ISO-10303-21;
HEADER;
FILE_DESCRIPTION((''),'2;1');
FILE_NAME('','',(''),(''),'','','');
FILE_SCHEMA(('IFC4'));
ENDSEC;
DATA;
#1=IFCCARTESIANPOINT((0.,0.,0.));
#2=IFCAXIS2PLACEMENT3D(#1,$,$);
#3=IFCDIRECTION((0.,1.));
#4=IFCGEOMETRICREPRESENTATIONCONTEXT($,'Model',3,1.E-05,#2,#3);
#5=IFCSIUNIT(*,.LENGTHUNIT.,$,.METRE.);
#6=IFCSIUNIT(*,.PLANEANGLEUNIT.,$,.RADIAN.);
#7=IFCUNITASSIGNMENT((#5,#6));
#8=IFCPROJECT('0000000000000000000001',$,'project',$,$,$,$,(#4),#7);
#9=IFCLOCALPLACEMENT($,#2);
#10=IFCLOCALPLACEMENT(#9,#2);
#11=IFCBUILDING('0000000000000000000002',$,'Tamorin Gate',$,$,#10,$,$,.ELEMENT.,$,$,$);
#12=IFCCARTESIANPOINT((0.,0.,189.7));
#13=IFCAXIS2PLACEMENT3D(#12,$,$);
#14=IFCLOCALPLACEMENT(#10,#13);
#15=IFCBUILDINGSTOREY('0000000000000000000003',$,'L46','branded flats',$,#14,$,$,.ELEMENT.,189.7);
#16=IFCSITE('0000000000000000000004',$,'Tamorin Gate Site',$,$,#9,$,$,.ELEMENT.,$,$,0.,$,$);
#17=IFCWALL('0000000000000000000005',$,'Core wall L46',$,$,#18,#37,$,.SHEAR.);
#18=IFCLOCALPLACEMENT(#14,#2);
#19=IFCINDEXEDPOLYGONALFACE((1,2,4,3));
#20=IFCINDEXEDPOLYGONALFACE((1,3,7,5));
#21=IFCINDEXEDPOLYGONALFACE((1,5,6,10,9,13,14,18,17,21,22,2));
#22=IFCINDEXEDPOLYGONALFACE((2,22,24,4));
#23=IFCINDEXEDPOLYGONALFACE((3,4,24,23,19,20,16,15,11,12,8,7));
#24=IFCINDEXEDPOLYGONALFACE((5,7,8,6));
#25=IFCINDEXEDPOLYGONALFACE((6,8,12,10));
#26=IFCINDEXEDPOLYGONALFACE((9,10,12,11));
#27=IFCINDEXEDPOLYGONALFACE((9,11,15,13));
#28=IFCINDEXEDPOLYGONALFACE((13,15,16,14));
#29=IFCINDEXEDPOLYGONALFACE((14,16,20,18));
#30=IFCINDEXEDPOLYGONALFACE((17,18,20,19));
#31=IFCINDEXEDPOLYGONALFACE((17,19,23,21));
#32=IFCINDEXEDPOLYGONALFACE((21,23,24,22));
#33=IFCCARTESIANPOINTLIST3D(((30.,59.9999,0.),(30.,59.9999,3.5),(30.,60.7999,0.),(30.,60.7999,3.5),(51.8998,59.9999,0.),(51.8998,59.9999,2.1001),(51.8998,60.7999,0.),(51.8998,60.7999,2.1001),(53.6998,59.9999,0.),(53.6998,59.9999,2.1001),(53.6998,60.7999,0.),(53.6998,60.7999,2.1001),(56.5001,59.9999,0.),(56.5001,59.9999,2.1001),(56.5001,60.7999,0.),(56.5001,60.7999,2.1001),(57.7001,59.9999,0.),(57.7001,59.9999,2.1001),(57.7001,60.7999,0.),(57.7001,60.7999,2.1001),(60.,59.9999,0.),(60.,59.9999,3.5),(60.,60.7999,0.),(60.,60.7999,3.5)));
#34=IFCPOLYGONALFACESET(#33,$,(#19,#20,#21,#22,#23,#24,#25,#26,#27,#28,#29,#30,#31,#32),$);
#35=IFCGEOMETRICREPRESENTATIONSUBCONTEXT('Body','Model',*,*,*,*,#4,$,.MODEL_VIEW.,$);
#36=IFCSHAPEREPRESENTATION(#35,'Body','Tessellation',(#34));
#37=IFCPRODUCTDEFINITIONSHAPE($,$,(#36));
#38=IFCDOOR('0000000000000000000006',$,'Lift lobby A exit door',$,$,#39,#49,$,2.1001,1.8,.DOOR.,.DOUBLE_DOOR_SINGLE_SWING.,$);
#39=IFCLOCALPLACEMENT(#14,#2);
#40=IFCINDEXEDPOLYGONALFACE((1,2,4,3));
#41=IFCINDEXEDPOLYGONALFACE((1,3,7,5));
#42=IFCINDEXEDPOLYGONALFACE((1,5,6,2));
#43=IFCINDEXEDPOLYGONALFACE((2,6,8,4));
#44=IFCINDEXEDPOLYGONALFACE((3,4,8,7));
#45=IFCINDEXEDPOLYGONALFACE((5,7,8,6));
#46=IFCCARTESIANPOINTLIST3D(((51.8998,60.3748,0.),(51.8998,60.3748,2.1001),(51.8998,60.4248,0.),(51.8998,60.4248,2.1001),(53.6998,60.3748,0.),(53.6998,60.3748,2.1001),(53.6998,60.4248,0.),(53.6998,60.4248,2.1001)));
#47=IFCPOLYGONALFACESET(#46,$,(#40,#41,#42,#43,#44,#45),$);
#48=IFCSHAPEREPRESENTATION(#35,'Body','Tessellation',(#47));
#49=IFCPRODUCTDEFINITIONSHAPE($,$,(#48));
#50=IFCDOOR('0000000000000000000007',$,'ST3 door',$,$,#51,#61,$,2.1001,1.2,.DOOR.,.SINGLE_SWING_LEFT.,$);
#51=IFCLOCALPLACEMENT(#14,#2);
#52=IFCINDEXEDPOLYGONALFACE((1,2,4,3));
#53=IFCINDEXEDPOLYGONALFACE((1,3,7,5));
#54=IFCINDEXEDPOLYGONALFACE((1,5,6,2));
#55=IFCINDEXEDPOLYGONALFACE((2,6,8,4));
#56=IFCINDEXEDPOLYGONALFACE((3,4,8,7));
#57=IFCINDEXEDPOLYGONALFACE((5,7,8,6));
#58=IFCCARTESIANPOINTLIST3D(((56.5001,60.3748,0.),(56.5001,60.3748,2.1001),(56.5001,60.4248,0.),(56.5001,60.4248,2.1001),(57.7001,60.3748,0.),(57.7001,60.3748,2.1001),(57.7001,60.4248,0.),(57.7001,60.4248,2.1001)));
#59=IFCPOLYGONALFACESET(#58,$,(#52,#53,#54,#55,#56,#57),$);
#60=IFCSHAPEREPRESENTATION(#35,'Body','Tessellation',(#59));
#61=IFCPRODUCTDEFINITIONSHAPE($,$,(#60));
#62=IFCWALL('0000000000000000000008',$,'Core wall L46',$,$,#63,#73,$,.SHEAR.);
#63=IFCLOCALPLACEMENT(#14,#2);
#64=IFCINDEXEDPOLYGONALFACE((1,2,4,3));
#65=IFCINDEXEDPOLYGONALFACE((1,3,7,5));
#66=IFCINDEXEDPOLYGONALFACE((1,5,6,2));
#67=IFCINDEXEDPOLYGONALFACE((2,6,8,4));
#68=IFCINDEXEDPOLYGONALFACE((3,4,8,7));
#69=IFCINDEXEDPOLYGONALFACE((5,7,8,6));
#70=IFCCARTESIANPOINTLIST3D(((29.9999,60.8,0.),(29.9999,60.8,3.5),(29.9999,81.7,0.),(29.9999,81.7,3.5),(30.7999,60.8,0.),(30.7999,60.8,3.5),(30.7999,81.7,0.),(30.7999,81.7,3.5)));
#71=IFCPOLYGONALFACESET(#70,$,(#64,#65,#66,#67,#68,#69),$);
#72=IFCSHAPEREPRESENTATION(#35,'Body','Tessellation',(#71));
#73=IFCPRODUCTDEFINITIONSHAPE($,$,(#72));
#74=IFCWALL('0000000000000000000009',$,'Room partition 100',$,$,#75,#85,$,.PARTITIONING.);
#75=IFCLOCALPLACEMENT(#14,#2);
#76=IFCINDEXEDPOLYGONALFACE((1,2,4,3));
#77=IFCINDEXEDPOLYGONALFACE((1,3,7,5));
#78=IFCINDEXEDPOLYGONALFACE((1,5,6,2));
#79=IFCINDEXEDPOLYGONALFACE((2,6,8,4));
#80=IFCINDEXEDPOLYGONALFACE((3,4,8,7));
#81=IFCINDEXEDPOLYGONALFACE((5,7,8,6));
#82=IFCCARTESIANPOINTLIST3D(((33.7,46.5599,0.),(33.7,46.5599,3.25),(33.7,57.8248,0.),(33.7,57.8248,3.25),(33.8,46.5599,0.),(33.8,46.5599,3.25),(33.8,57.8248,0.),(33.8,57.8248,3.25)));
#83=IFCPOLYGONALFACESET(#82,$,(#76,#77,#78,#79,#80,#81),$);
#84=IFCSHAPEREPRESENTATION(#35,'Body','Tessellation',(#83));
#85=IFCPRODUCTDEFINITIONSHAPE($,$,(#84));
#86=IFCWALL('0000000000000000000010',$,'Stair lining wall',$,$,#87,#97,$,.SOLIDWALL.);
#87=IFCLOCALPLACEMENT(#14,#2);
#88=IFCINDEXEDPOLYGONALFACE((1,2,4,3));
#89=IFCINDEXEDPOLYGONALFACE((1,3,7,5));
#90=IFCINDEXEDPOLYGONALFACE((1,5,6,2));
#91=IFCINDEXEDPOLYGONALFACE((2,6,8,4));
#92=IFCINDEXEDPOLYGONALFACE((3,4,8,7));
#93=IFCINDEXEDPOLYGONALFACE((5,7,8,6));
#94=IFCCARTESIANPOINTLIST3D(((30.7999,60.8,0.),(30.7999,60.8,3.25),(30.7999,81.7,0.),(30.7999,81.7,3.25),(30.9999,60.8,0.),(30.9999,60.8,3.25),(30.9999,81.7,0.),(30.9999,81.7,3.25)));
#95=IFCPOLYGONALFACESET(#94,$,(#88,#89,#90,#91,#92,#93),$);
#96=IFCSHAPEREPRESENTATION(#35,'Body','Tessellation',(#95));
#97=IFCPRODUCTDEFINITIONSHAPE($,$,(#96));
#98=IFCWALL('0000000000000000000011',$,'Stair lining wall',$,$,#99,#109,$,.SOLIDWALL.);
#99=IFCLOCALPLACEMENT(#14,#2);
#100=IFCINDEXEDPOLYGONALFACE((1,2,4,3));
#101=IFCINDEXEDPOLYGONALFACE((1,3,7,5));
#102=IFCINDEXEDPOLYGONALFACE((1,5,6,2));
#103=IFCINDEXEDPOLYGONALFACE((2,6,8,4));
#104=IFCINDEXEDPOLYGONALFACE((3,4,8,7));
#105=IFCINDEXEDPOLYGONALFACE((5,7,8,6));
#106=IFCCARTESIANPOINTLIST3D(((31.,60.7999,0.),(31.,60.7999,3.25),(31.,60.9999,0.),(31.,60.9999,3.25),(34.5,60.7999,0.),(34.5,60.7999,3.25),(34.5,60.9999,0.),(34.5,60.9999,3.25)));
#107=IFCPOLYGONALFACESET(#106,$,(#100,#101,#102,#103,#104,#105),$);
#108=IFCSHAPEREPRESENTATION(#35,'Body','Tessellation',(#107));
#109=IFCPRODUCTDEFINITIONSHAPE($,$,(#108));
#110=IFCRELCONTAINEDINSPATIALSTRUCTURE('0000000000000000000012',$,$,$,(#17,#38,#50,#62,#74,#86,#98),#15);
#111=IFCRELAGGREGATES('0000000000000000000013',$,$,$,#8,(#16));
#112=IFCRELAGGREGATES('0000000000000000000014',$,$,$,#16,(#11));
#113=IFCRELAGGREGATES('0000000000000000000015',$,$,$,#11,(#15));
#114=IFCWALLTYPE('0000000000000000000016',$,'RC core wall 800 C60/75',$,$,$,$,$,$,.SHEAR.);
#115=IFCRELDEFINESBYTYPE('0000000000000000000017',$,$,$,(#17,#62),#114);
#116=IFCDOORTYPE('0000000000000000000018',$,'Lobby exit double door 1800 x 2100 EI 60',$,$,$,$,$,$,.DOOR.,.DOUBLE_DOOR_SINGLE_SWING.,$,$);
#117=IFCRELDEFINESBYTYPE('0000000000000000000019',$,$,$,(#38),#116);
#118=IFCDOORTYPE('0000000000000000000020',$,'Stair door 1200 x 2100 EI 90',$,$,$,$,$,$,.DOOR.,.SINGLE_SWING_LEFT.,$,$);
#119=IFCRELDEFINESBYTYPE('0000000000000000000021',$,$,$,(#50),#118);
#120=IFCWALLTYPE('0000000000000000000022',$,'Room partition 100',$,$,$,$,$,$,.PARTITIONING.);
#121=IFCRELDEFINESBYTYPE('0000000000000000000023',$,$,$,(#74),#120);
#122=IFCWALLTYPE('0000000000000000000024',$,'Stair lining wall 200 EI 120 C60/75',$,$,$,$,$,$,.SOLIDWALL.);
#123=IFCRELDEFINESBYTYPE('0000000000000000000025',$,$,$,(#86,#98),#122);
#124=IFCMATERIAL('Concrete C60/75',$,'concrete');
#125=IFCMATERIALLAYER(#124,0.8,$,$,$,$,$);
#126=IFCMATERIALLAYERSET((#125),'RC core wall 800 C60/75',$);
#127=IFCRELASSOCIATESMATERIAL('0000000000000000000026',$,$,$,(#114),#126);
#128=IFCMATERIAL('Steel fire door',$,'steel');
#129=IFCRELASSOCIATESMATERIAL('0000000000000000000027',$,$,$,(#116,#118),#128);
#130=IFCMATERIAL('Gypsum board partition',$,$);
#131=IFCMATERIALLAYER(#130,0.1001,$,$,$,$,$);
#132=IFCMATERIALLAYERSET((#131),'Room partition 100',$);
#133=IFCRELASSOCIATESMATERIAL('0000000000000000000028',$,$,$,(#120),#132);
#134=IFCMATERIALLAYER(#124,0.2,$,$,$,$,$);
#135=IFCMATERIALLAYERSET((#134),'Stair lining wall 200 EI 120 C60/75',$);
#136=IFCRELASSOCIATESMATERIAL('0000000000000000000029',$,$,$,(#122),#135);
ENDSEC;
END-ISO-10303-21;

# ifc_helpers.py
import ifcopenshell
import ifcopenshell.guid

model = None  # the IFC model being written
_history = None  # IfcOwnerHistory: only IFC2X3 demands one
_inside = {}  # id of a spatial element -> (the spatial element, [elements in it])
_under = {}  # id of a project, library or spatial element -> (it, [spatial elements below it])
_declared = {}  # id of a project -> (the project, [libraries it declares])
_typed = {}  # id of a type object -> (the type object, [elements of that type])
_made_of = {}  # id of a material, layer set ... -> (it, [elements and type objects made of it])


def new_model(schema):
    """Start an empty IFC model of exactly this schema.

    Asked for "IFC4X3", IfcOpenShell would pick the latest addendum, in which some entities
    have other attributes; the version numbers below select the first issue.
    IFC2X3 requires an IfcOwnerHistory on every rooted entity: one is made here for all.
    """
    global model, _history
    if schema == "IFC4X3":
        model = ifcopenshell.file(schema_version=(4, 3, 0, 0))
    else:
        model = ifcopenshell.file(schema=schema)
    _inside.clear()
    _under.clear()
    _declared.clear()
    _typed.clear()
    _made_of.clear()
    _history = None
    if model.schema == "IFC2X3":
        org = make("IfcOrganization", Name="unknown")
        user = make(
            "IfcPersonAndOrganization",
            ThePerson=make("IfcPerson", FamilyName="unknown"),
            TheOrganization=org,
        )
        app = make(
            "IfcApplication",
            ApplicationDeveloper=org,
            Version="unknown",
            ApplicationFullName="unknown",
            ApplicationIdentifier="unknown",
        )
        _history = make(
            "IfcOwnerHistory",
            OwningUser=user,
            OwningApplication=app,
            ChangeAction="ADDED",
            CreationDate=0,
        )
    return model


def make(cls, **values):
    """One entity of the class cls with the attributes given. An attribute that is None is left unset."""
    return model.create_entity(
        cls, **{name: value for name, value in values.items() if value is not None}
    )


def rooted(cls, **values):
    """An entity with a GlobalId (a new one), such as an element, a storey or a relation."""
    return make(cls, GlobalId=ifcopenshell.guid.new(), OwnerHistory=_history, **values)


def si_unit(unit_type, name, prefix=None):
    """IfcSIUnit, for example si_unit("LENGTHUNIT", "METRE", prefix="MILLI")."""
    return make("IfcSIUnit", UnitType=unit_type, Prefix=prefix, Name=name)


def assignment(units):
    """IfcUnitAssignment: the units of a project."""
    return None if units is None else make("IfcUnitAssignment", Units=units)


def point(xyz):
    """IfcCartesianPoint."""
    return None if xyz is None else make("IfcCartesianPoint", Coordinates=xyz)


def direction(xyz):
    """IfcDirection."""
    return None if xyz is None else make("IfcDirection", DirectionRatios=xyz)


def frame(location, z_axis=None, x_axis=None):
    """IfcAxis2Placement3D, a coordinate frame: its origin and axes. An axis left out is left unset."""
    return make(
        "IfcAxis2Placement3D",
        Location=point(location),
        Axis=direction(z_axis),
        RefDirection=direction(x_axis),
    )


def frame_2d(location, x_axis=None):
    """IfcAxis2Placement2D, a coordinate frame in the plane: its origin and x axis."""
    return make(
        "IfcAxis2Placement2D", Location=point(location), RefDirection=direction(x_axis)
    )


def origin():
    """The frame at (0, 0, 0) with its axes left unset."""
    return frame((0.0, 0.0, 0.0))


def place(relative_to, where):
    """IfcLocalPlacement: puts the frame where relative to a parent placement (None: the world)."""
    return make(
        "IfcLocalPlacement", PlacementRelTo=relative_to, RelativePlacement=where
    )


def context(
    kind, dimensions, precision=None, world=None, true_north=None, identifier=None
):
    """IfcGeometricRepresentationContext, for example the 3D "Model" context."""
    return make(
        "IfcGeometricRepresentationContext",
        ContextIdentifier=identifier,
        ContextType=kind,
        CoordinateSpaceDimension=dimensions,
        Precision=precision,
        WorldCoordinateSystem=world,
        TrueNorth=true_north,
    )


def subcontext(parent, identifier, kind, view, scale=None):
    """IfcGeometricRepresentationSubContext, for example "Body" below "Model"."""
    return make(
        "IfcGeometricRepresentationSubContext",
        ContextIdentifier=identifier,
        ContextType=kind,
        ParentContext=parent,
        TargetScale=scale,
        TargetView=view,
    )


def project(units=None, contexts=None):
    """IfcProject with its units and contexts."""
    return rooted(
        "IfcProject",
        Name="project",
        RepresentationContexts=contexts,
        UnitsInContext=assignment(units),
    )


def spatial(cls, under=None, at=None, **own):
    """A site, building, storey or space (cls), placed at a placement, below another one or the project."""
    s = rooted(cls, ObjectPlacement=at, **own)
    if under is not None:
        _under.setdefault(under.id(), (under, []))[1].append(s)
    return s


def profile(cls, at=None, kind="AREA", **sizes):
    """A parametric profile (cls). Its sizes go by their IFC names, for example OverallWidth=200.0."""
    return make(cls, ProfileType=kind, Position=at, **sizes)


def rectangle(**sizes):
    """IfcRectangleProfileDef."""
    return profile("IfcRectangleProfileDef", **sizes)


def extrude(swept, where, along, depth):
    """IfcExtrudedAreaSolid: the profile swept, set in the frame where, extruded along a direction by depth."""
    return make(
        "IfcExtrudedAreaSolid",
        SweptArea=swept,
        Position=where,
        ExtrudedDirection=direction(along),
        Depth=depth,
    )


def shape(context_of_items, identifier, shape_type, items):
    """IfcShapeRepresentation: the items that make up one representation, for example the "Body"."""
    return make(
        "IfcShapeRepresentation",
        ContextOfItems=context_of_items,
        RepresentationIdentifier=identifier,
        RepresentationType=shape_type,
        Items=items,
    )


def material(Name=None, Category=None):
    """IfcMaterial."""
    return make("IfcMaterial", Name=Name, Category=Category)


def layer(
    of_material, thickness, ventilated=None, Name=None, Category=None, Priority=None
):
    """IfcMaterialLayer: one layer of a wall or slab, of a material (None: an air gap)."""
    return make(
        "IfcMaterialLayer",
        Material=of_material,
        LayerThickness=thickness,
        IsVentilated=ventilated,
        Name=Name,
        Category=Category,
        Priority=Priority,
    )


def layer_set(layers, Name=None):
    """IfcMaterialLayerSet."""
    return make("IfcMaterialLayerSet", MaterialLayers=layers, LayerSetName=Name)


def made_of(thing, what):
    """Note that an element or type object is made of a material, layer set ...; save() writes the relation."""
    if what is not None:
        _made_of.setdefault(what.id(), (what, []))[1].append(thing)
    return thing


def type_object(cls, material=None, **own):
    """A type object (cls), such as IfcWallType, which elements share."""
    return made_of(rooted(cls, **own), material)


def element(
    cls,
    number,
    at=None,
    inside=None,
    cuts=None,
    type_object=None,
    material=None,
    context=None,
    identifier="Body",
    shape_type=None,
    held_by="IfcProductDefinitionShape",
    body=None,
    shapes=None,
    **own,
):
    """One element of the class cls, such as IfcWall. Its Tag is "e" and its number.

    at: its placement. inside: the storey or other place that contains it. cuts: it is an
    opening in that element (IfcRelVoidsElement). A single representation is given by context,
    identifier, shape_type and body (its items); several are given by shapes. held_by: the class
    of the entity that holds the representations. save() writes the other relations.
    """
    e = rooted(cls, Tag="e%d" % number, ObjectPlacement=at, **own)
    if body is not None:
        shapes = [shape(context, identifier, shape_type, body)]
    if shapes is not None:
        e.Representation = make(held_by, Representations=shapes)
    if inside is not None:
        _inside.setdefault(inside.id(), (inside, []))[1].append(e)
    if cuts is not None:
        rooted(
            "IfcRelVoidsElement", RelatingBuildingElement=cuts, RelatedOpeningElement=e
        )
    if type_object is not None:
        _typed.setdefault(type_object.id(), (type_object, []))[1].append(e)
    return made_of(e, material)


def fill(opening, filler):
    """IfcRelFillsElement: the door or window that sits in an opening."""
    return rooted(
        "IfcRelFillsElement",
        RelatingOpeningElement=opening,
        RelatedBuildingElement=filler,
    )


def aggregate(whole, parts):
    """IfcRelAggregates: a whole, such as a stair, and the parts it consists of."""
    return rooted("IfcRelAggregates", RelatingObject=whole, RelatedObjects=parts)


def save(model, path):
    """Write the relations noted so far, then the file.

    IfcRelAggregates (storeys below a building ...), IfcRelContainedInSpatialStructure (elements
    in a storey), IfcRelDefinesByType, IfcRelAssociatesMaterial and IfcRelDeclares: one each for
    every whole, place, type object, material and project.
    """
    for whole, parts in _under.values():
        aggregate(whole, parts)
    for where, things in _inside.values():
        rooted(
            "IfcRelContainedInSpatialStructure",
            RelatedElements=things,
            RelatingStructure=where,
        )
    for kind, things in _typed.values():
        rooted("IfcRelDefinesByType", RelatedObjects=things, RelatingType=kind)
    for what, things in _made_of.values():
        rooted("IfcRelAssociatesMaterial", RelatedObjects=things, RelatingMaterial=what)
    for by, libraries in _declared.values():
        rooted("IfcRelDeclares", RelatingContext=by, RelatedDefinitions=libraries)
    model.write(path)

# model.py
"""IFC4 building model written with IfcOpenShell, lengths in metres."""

from ifc_helpers import new_model, si_unit, direction, frame, frame_2d, origin, place, context, subcontext, project, spatial, rectangle, extrude, material, layer, layer_set, type_object, element, fill, save


model = new_model("IFC4")

# Units and contexts
model_context = context("Model", 3, precision=1e-05, world=origin(), true_north=direction((0.0, 1.0)))
body_context = subcontext(model_context, "Body", "Model", "MODEL_VIEW")
ifc_project = project(units=[si_unit("LENGTHUNIT", "METRE"), si_unit("PLANEANGLEUNIT", "RADIAN")], contexts=[model_context])

# Site, building, storey
site_placement = place(None, origin())
site = spatial("IfcSite", under=ifc_project, at=site_placement, Name="Tamorin Gate Site", CompositionType="ELEMENT", RefElevation=0.0)
building_placement = place(site_placement, origin())
building = spatial("IfcBuilding", under=site, at=building_placement, Name="Tamorin Gate", CompositionType="ELEMENT")
storey_placement = place(building_placement, frame((0.0, 0.0, 189.7)))
storey = spatial("IfcBuildingStorey", under=building, at=storey_placement, Name="L46", Description="branded flats", CompositionType="ELEMENT", Elevation=189.7)

# Shared definitions
ifc_material_1 = material(Name="Concrete C60/75", Category="concrete")

# Shared definitions
ifc_material_2 = material(Name="Gypsum board partition")

# Wall, openings, doors
ifc_layer_1 = layer(ifc_material_1, 0.8)
ifc_layer_set_1 = layer_set([ifc_layer_1], Name="RC core wall 800 C60/75")
wall_type_1 = type_object("IfcWallType", Name="RC core wall 800 C60/75", PredefinedType="SHEAR", material=ifc_layer_set_1)
wall_1_placement = place(storey_placement, frame((30.0, 60.3999, 0.0), z_axis=(0.0, 0.0, 1.0), x_axis=(1.0, 0.0, 0.0)))
wall_1 = element("IfcWall", 1, at=wall_1_placement, inside=storey, type_object=wall_type_1, Name="Core wall L46", PredefinedType="SHEAR", context=body_context, shape_type="SweptSolid", body=[
    extrude(rectangle(XDim=30.0, YDim=0.8, at=frame_2d((15.0, 0.0))), origin(), (0.0, 0.0, 1.0), 3.5),
])
opening_1_placement = place(wall_1_placement, frame((21.8999, 0.0, 0.0)))
opening_1 = element("IfcOpeningElement", 2, at=opening_1_placement, cuts=wall_1, PredefinedType="OPENING", context=body_context, shape_type="SweptSolid", body=[
    extrude(rectangle(XDim=1.8, YDim=2.1001, at=frame_2d((0.8999, 1.05))), frame((0.0, 0.4099, 0.0), z_axis=(0.0, -1.0, 0.0), x_axis=(1.0, 0.0, 0.0)), (0.0, 0.0, 1.0), 0.8201),
])
opening_2_placement = place(wall_1_placement, frame((26.5, 0.0, 0.0)))
opening_2 = element("IfcOpeningElement", 3, at=opening_2_placement, cuts=wall_1, PredefinedType="OPENING", context=body_context, shape_type="SweptSolid", body=[
    extrude(rectangle(XDim=1.2, YDim=2.1001, at=frame_2d((0.6001, 1.05))), frame((0.0, 0.4099, 0.0), z_axis=(0.0, -1.0, 0.0), x_axis=(1.0, 0.0, 0.0)), (0.0, 0.0, 1.0), 0.8201),
])
ifc_material_3 = material(Name="Steel fire door", Category="steel")
door_type_1 = type_object("IfcDoorType", Name="Lobby exit double door 1800 x 2100 EI 60", OperationType="DOUBLE_DOOR_SINGLE_SWING", PredefinedType="DOOR", material=ifc_material_3)
door_1_placement = place(opening_1_placement, origin())
door_1 = element("IfcDoor", 4, at=door_1_placement, inside=storey, type_object=door_type_1, Name="Lift lobby A exit door", OperationType="DOUBLE_DOOR_SINGLE_SWING", OverallHeight=2.1001, OverallWidth=1.8, PredefinedType="DOOR", context=body_context, shape_type="SweptSolid", body=[
    extrude(rectangle(XDim=1.8, YDim=2.1001, at=frame_2d((0.8999, 1.05))), frame((0.0, 0.0249, 0.0), z_axis=(0.0, -1.0, 0.0), x_axis=(1.0, 0.0, 0.0)), (0.0, 0.0, 1.0), 0.05),
])
fill(opening_1, door_1)
door_type_2 = type_object("IfcDoorType", Name="Stair door 1200 x 2100 EI 90", OperationType="SINGLE_SWING_LEFT", PredefinedType="DOOR", material=ifc_material_3)
door_2_placement = place(opening_2_placement, origin())
door_2 = element("IfcDoor", 5, at=door_2_placement, inside=storey, type_object=door_type_2, Name="ST3 door", OperationType="SINGLE_SWING_LEFT", OverallHeight=2.1001, OverallWidth=1.2, PredefinedType="DOOR", context=body_context, shape_type="SweptSolid", body=[
    extrude(rectangle(XDim=1.2, YDim=2.1001, at=frame_2d((0.6001, 1.05))), frame((0.0, 0.0249, 0.0), z_axis=(0.0, -1.0, 0.0), x_axis=(1.0, 0.0, 0.0)), (0.0, 0.0, 1.0), 0.05),
])
fill(opening_2, door_2)

# Walls
wall_2_placement = place(storey_placement, frame((30.3999, 60.8, 0.0), z_axis=(0.0, 0.0, 1.0), x_axis=(0.0, 1.0, 0.0)))
element("IfcWall", 6, at=wall_2_placement, inside=storey, type_object=wall_type_1, Name="Core wall L46", PredefinedType="SHEAR", context=body_context, shape_type="SweptSolid", body=[
    extrude(rectangle(XDim=20.8999, YDim=0.8, at=frame_2d((10.45, 0.0))), origin(), (0.0, 0.0, 1.0), 3.5),
])
ifc_layer_2 = layer(ifc_material_2, 0.1001)
ifc_layer_set_2 = layer_set([ifc_layer_2], Name="Room partition 100")
wall_type_2 = type_object("IfcWallType", Name="Room partition 100", PredefinedType="PARTITIONING", material=ifc_layer_set_2)
wall_3_placement = place(storey_placement, frame((33.75, 46.5601, 0.0), z_axis=(0.0, 0.0, 1.0), x_axis=(0.0, 1.0, 0.0)))
element("IfcWall", 7, at=wall_3_placement, inside=storey, type_object=wall_type_2, Name="Room partition 100", PredefinedType="PARTITIONING", context=body_context, shape_type="SweptSolid", body=[
    extrude(rectangle(XDim=11.2649, YDim=0.1001, at=frame_2d((5.6323, 0.0))), origin(), (0.0, 0.0, 1.0), 3.25),
])
ifc_layer_3 = layer(ifc_material_1, 0.2)
ifc_layer_set_3 = layer_set([ifc_layer_3], Name="Stair lining wall 200 EI 120 C60/75")
wall_type_3 = type_object("IfcWallType", Name="Stair lining wall 200 EI 120 C60/75", PredefinedType="SOLIDWALL", material=ifc_layer_set_3)
wall_4_placement = place(storey_placement, frame((30.8999, 60.8, 0.0), z_axis=(0.0, 0.0, 1.0), x_axis=(0.0, 1.0, 0.0)))
element("IfcWall", 8, at=wall_4_placement, inside=storey, type_object=wall_type_3, Name="Stair lining wall", PredefinedType="SOLIDWALL", context=body_context, shape_type="SweptSolid", body=[
    extrude(rectangle(XDim=20.8999, YDim=0.2, at=frame_2d((10.45, 0.0))), origin(), (0.0, 0.0, 1.0), 3.25),
])
wall_5_placement = place(storey_placement, frame((31.0, 60.8999, 0.0), z_axis=(0.0, 0.0, 1.0), x_axis=(1.0, 0.0, 0.0)))
element("IfcWall", 9, at=wall_5_placement, inside=storey, type_object=wall_type_3, Name="Stair lining wall", PredefinedType="SOLIDWALL", context=body_context, shape_type="SweptSolid", body=[
    extrude(rectangle(XDim=3.5, YDim=0.2, at=frame_2d((1.75, 0.0))), origin(), (0.0, 0.0, 1.0), 3.25),
])

save(model, "model.ifc")
